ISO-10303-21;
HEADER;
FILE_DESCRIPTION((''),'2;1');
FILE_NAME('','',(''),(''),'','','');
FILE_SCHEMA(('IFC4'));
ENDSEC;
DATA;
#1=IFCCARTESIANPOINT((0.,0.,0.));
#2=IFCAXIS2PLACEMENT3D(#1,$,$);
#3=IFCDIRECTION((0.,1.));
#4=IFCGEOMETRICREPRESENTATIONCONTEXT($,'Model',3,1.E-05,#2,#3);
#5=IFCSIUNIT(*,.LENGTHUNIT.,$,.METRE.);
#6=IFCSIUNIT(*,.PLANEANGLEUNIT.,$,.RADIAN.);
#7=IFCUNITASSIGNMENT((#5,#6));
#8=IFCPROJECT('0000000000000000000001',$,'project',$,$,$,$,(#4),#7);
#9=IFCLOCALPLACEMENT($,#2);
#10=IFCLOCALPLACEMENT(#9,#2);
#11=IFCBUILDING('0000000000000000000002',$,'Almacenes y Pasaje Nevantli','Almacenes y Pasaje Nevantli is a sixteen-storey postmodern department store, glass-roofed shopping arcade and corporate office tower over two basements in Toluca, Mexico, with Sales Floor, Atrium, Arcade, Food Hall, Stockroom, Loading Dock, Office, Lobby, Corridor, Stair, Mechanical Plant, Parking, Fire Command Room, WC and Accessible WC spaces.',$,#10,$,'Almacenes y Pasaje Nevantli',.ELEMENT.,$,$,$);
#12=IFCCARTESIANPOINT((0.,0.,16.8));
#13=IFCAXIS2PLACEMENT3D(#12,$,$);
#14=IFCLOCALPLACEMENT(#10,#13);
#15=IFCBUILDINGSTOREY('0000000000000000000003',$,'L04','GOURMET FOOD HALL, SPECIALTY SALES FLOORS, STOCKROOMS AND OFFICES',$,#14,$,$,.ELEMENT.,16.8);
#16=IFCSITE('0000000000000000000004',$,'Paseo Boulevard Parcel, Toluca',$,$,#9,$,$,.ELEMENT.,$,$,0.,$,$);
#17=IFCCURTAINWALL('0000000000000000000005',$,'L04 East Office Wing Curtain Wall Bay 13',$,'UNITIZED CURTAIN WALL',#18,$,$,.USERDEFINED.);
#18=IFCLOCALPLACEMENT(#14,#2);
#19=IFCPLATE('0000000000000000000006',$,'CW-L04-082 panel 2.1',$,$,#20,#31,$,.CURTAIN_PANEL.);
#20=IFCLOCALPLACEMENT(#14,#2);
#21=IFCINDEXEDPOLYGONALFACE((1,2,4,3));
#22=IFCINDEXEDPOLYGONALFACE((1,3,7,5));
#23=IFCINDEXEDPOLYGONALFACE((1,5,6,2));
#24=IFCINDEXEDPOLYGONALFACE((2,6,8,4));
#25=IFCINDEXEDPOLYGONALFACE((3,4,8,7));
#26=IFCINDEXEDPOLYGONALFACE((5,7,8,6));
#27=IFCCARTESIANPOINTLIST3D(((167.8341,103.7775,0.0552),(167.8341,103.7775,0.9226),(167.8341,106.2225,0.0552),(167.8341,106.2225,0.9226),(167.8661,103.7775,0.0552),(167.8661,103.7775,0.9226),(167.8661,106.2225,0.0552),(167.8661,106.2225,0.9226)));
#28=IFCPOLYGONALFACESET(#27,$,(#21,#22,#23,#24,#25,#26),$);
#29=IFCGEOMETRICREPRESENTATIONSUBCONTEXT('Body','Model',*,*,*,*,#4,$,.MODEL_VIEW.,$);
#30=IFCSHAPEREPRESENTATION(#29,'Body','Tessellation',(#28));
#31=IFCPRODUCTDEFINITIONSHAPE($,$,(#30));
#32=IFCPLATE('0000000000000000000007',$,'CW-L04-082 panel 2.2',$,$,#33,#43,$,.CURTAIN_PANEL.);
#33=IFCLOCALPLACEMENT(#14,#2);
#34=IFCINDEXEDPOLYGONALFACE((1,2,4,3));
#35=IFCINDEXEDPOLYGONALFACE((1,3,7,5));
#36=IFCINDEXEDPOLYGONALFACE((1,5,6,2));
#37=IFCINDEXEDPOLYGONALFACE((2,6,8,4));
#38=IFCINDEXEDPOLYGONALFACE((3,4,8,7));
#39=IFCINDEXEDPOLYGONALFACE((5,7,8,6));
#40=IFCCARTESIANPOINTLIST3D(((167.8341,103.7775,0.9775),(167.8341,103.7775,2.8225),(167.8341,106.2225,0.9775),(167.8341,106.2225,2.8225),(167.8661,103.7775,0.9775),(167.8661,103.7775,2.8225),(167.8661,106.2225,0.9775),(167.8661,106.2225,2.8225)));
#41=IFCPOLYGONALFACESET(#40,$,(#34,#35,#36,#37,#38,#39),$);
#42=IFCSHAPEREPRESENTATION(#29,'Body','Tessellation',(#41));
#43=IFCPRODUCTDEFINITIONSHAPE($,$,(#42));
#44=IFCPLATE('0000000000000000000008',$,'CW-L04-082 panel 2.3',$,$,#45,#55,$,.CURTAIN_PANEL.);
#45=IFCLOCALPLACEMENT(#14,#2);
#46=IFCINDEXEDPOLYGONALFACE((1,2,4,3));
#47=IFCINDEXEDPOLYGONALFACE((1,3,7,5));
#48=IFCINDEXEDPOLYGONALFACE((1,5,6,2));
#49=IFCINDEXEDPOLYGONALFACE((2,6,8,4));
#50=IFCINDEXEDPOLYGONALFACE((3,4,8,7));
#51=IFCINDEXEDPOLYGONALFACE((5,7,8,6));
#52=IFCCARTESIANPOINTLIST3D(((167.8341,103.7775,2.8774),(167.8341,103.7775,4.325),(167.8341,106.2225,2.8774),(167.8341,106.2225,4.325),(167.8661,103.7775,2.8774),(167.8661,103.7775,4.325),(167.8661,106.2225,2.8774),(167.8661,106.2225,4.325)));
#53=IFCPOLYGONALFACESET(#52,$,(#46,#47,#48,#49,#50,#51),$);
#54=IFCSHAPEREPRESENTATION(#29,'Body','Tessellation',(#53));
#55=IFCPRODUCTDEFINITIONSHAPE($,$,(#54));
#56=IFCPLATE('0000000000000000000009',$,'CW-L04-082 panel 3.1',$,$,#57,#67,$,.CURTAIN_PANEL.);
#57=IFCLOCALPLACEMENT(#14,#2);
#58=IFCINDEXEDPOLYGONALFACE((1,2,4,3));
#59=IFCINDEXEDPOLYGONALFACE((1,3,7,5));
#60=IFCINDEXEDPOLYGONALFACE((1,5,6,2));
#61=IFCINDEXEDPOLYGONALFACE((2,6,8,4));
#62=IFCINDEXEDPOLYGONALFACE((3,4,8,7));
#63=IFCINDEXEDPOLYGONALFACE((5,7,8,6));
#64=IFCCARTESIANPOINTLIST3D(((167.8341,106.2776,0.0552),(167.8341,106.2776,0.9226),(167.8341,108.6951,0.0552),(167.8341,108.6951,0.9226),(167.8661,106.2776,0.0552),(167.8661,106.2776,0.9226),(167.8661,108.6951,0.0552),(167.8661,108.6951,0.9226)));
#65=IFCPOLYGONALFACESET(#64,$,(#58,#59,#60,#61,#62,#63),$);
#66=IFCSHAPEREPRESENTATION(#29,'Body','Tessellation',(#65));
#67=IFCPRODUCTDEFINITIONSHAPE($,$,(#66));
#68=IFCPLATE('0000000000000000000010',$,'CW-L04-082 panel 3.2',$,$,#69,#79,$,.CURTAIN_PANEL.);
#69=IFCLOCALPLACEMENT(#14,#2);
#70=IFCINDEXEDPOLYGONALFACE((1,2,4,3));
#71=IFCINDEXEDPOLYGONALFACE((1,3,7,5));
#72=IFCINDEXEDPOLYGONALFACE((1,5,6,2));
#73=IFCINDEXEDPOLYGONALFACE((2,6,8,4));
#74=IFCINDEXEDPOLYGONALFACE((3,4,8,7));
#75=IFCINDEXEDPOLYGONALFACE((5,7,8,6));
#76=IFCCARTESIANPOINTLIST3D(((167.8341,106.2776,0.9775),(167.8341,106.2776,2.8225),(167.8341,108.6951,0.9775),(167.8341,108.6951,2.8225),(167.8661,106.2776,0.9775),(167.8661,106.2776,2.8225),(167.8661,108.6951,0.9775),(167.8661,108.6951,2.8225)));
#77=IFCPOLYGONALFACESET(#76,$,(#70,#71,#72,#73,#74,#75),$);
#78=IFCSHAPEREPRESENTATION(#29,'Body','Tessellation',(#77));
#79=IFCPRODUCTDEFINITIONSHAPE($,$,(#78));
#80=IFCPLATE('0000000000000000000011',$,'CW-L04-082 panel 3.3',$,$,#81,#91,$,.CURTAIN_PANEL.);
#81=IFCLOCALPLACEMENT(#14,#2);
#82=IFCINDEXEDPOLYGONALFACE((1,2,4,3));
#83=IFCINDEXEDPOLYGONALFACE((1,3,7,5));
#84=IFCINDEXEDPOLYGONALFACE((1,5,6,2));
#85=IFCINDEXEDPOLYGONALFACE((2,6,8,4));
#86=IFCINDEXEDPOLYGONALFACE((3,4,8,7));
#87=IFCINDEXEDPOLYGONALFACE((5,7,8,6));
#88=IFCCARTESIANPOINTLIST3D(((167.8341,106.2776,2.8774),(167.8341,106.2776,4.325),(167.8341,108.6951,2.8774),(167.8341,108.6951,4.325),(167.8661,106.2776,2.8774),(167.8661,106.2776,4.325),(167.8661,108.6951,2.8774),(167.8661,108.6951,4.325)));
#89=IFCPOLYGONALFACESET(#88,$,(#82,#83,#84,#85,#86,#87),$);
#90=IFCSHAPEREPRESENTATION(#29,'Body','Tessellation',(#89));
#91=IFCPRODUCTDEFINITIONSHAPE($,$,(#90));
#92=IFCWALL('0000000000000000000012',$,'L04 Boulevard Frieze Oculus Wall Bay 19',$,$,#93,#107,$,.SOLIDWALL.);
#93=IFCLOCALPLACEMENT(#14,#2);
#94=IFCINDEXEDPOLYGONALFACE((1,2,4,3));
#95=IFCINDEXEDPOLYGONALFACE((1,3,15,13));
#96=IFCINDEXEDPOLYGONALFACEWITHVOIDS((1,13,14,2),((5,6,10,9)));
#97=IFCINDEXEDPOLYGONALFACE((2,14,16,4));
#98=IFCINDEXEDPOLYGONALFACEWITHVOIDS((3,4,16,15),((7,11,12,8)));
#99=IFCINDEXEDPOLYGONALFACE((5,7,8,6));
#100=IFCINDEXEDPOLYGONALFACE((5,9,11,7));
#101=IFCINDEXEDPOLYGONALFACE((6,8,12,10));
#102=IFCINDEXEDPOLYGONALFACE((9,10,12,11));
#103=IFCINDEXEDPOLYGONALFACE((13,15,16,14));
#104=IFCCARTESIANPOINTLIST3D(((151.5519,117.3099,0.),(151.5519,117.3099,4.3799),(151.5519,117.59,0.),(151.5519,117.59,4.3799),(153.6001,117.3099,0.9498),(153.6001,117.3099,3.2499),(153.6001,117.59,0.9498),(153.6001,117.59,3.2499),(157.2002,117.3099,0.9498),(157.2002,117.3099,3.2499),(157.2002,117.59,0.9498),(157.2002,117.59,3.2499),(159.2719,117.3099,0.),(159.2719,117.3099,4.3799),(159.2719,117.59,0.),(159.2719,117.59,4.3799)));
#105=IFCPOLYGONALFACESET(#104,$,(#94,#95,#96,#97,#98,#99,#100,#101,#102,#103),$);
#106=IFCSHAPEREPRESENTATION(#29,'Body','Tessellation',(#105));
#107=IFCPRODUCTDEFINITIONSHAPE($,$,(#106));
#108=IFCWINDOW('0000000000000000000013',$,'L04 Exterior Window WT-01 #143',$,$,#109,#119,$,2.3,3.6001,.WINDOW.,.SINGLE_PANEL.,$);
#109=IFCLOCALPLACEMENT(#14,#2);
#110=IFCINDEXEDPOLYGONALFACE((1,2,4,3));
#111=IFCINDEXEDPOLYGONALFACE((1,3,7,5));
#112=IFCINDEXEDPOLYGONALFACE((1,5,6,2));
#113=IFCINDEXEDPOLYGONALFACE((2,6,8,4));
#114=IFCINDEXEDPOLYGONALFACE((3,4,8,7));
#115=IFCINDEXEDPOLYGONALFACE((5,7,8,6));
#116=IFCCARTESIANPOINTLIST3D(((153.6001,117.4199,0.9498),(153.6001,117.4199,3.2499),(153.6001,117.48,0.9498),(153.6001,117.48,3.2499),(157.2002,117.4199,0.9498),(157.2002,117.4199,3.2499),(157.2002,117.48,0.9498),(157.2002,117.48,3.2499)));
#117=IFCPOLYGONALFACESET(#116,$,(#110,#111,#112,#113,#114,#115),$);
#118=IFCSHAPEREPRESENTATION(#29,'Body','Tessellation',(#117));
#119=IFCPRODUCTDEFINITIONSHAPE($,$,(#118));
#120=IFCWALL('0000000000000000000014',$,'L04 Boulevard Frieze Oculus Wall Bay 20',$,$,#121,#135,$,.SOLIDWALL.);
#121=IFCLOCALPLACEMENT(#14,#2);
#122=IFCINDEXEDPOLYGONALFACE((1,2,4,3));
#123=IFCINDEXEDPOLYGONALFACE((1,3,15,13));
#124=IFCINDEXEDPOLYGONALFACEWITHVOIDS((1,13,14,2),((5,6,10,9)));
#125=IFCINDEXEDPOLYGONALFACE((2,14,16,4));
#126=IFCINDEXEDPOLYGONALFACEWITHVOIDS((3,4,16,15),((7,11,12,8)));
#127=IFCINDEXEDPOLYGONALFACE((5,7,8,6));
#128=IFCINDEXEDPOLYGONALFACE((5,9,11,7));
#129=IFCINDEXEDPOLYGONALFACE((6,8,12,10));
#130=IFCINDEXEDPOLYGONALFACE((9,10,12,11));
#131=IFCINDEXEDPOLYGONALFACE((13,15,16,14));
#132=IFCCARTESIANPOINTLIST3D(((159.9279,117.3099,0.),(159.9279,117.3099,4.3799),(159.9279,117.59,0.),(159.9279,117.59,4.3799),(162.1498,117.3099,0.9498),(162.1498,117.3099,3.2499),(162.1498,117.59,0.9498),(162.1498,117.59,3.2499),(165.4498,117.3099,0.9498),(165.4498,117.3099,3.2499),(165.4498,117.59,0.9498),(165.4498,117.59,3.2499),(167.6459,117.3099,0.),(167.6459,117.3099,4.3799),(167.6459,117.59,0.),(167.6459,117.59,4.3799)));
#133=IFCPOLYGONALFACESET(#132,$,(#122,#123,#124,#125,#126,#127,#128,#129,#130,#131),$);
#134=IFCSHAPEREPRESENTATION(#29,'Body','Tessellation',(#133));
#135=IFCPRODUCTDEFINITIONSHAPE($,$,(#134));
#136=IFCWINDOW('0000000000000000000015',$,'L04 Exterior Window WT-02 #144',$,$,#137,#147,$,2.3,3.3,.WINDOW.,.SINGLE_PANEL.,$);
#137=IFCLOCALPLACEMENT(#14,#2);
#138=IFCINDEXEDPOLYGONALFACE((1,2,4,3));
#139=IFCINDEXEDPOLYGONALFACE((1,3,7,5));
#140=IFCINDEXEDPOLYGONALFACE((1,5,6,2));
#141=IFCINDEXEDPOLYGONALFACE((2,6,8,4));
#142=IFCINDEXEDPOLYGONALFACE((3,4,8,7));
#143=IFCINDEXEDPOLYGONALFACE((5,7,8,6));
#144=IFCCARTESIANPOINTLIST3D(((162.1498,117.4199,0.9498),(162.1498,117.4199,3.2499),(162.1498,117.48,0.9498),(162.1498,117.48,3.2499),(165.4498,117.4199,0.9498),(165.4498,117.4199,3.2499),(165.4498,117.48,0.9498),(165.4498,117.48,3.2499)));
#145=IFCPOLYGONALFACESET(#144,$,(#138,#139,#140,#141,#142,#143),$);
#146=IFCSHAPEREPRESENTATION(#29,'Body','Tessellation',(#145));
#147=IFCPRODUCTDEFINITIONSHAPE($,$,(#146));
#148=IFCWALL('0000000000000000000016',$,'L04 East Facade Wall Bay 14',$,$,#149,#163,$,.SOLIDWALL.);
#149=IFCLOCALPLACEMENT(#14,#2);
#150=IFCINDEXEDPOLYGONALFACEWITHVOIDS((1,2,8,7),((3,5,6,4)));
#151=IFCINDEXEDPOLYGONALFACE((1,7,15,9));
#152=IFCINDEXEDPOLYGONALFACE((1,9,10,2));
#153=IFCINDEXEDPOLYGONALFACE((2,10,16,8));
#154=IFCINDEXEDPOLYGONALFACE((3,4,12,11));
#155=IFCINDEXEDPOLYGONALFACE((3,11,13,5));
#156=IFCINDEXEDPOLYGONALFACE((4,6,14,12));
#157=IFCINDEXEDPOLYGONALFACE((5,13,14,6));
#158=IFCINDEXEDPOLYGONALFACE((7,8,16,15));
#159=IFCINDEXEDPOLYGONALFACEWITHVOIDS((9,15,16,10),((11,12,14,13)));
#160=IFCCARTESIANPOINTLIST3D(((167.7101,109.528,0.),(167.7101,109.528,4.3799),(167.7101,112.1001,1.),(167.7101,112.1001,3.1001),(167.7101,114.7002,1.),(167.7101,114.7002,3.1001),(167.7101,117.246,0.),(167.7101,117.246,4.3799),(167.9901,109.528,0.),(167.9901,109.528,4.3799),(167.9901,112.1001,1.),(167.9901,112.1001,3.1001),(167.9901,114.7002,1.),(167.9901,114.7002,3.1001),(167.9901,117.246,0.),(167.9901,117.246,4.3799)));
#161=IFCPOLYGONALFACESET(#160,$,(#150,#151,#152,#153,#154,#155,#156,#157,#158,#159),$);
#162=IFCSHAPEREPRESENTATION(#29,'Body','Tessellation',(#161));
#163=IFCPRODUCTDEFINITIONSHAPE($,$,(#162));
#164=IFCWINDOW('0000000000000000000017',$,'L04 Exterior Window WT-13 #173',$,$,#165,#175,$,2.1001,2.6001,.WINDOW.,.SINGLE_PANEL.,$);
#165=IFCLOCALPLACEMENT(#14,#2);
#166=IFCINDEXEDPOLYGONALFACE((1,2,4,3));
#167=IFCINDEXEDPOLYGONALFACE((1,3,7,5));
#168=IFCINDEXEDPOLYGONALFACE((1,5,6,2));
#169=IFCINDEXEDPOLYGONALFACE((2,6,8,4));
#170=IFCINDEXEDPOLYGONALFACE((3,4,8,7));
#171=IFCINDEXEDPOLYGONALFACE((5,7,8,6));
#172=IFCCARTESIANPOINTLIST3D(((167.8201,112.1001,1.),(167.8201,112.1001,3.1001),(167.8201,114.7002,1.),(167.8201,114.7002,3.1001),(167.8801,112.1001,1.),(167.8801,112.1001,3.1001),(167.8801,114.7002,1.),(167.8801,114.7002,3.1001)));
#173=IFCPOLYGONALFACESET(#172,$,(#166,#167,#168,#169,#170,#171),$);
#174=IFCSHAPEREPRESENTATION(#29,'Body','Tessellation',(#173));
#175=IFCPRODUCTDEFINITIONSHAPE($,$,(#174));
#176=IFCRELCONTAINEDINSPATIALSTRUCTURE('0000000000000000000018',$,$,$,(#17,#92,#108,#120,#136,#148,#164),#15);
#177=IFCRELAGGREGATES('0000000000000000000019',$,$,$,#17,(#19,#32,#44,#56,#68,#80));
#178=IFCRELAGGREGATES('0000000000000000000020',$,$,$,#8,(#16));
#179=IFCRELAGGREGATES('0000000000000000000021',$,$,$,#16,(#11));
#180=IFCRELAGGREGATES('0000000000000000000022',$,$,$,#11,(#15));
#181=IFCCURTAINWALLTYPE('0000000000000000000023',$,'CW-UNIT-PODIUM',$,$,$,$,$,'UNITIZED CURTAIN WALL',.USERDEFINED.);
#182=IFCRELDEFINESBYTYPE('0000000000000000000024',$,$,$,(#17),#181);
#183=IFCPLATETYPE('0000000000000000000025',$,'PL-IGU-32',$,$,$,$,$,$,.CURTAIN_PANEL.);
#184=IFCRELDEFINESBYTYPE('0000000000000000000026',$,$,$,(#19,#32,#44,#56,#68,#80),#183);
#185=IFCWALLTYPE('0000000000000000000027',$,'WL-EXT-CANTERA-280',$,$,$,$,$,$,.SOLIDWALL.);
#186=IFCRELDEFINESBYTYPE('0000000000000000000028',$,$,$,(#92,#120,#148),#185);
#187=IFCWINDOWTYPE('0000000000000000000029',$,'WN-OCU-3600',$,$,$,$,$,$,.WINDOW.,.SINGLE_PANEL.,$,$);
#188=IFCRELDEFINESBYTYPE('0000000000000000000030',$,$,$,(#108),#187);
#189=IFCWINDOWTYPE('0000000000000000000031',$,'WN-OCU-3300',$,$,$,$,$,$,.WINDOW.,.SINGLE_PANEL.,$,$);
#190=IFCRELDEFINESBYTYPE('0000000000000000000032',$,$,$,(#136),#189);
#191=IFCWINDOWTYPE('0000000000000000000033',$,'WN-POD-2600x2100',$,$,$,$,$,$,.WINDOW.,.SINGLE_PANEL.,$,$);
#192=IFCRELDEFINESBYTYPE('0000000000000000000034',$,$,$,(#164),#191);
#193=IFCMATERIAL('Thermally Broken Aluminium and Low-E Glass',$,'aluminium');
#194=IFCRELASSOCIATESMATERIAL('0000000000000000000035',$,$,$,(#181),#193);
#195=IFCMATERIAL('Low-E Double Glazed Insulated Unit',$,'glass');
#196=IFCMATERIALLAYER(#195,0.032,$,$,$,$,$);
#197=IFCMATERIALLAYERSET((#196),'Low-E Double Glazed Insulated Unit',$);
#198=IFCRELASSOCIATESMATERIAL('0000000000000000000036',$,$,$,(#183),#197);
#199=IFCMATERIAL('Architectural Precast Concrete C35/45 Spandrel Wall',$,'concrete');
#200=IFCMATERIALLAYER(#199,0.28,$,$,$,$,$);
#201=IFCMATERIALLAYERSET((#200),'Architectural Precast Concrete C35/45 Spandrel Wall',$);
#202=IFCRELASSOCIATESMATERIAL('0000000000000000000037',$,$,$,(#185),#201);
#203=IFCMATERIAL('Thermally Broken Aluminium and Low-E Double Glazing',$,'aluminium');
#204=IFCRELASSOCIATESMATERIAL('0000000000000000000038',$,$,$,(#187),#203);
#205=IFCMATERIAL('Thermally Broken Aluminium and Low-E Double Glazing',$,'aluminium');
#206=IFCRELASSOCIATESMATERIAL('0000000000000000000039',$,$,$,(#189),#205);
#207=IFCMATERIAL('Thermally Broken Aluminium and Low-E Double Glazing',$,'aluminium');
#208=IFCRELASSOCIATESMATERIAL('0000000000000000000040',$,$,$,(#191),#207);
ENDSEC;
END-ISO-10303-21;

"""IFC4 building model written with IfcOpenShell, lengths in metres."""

from ifc_helpers import new_model, si_unit, direction, frame, frame_2d, origin, origin_2d, place, context, subcontext, project, spatial, rectangle, extrude, material, layer, layer_set, type_object, element, fill, aggregate, save


model = new_model("IFC4")

# Units and contexts
model_context = context("Model", 3, precision=1e-05, world=origin(), true_north=direction((0.0, 1.0)))
body_context = subcontext(model_context, "Body", "Model", "MODEL_VIEW")
ifc_project = project(units=[si_unit("LENGTHUNIT", "METRE"), si_unit("PLANEANGLEUNIT", "RADIAN")], contexts=[model_context])

# Site, building, storey
site_placement = place(None, origin())
site = spatial("IfcSite", under=ifc_project, at=site_placement, Name="Paseo Boulevard Parcel, Toluca", CompositionType="ELEMENT", RefElevation=0.0)
building_placement = place(site_placement, origin())
building = spatial("IfcBuilding", under=site, at=building_placement, Name="Almacenes y Pasaje Nevantli", Description="Almacenes y Pasaje Nevantli is a sixteen-storey postmodern department store, glass-roofed shopping arcade and corporate office tower over two basements in Toluca, Mexico, with Sales Floor, Atrium, Arcade, Food Hall, Stockroom, Loading Dock, Office, Lobby, Corridor, Stair, Mechanical Plant, Parking, Fire Command Room, WC and Accessible WC spaces.", LongName="Almacenes y Pasaje Nevantli", CompositionType="ELEMENT")
storey_placement = place(building_placement, frame((0.0, 0.0, 16.8)))
storey = spatial("IfcBuildingStorey", under=building, at=storey_placement, Name="L04", Description="GOURMET FOOD HALL, SPECIALTY SALES FLOORS, STOCKROOMS AND OFFICES", CompositionType="ELEMENT", Elevation=16.8)

# Curtain wall, plates
ifc_material_1 = material(Name="Thermally Broken Aluminium and Low-E Glass", Category="aluminium")
curtain_wall_type = type_object("IfcCurtainWallType", Name="CW-UNIT-PODIUM", ElementType="UNITIZED CURTAIN WALL", PredefinedType="USERDEFINED", material=ifc_material_1)
curtain_wall_placement = place(storey_placement, origin())
curtain_wall = element("IfcCurtainWall", 1, at=curtain_wall_placement, inside=storey, type_object=curtain_wall_type, Name="L04 East Office Wing Curtain Wall Bay 13", ObjectType="UNITIZED CURTAIN WALL", PredefinedType="USERDEFINED")
ifc_material_2 = material(Name="Low-E Double Glazed Insulated Unit", Category="glass")
ifc_layer_1 = layer(ifc_material_2, 0.032)
ifc_layer_set_1 = layer_set([ifc_layer_1], Name="Low-E Double Glazed Insulated Unit")
plate_type = type_object("IfcPlateType", Name="PL-IGU-32", PredefinedType="CURTAIN_PANEL", material=ifc_layer_set_1)
plate_1_placement = place(storey_placement, frame((167.8501, 105.0, 0.0552), z_axis=(0.0, 0.0, 1.0), x_axis=(0.0, 1.0, 0.0)))
plate_1 = element("IfcPlate", 2, at=plate_1_placement, type_object=plate_type, Name="CW-L04-082 panel 2.1", PredefinedType="CURTAIN_PANEL", context=body_context, shape_type="SweptSolid", body=[
    extrude(rectangle(XDim=2.4451, YDim=0.032, at=origin_2d()), origin(), (0.0, 0.0, 1.0), 0.8674),
])
plate_2_placement = place(storey_placement, frame((167.8501, 105.0, 0.9775), z_axis=(0.0, 0.0, 1.0), x_axis=(0.0, 1.0, 0.0)))
plate_2 = element("IfcPlate", 3, at=plate_2_placement, type_object=plate_type, Name="CW-L04-082 panel 2.2", PredefinedType="CURTAIN_PANEL", context=body_context, shape_type="SweptSolid", body=[
    extrude(rectangle(XDim=2.4451, YDim=0.032, at=origin_2d()), origin(), (0.0, 0.0, 1.0), 1.845),
])
plate_3_placement = place(storey_placement, frame((167.8501, 105.0, 2.8774), z_axis=(0.0, 0.0, 1.0), x_axis=(0.0, 1.0, 0.0)))
plate_3 = element("IfcPlate", 4, at=plate_3_placement, type_object=plate_type, Name="CW-L04-082 panel 2.3", PredefinedType="CURTAIN_PANEL", context=body_context, shape_type="SweptSolid", body=[
    extrude(rectangle(XDim=2.4451, YDim=0.032, at=origin_2d()), origin(), (0.0, 0.0, 1.0), 1.4475),
])
plate_4_placement = place(storey_placement, frame((167.8501, 107.4863, 0.0552), z_axis=(0.0, 0.0, 1.0), x_axis=(0.0, 1.0, 0.0)))
plate_4 = element("IfcPlate", 5, at=plate_4_placement, type_object=plate_type, Name="CW-L04-082 panel 3.1", PredefinedType="CURTAIN_PANEL", context=body_context, shape_type="SweptSolid", body=[
    extrude(rectangle(XDim=2.4175, YDim=0.032, at=origin_2d()), origin(), (0.0, 0.0, 1.0), 0.8674),
])
plate_5_placement = place(storey_placement, frame((167.8501, 107.4863, 0.9775), z_axis=(0.0, 0.0, 1.0), x_axis=(0.0, 1.0, 0.0)))
plate_5 = element("IfcPlate", 6, at=plate_5_placement, type_object=plate_type, Name="CW-L04-082 panel 3.2", PredefinedType="CURTAIN_PANEL", context=body_context, shape_type="SweptSolid", body=[
    extrude(rectangle(XDim=2.4175, YDim=0.032, at=origin_2d()), origin(), (0.0, 0.0, 1.0), 1.845),
])
plate_6_placement = place(storey_placement, frame((167.8501, 107.4863, 2.8774), z_axis=(0.0, 0.0, 1.0), x_axis=(0.0, 1.0, 0.0)))
plate_6 = element("IfcPlate", 7, at=plate_6_placement, type_object=plate_type, Name="CW-L04-082 panel 3.3", PredefinedType="CURTAIN_PANEL", context=body_context, shape_type="SweptSolid", body=[
    extrude(rectangle(XDim=2.4175, YDim=0.032, at=origin_2d()), origin(), (0.0, 0.0, 1.0), 1.4475),
])
aggregate(curtain_wall, [plate_1, plate_2, plate_3, plate_4, plate_5, plate_6])

# Walls, openings, windows
ifc_material_3 = material(Name="Architectural Precast Concrete C35/45 Spandrel Wall", Category="concrete")
ifc_layer_2 = layer(ifc_material_3, 0.28)
ifc_layer_set_2 = layer_set([ifc_layer_2], Name="Architectural Precast Concrete C35/45 Spandrel Wall")
wall_type = type_object("IfcWallType", Name="WL-EXT-CANTERA-280", PredefinedType="SOLIDWALL", material=ifc_layer_set_2)
wall_1_placement = place(storey_placement, frame((151.552, 117.45, 0.0), z_axis=(0.0, 0.0, 1.0), x_axis=(1.0, 0.0, 0.0)))
wall_1 = element("IfcWall", 8, at=wall_1_placement, inside=storey, type_object=wall_type, Name="L04 Boulevard Frieze Oculus Wall Bay 19", PredefinedType="SOLIDWALL", context=body_context, shape_type="SweptSolid", body=[
    extrude(rectangle(XDim=7.72, YDim=0.28, at=frame_2d((3.8599, 0.0))), origin(), (0.0, 0.0, 1.0), 4.3799),
])
opening_1_placement = place(wall_1_placement, frame((2.0481, 0.0, 0.95)))
opening_1 = element("IfcOpeningElement", 9, at=opening_1_placement, cuts=wall_1, PredefinedType="OPENING", context=body_context, shape_type="SweptSolid", body=[
    extrude(rectangle(XDim=3.6001, YDim=2.3, at=frame_2d((1.8, 1.1499))), frame((0.0, 0.1499, 0.0), z_axis=(0.0, -1.0, 0.0), x_axis=(1.0, 0.0, 0.0)), (0.0, 0.0, 1.0), 0.3),
])
ifc_material_4 = material(Name="Thermally Broken Aluminium and Low-E Double Glazing", Category="aluminium")
window_type_1 = type_object("IfcWindowType", Name="WN-OCU-3600", PartitioningType="SINGLE_PANEL", PredefinedType="WINDOW", material=ifc_material_4)
window_1_placement = place(opening_1_placement, origin())
window_1 = element("IfcWindow", 10, at=window_1_placement, inside=storey, type_object=window_type_1, Name="L04 Exterior Window WT-01 #143", OverallHeight=2.3, OverallWidth=3.6001, PartitioningType="SINGLE_PANEL", PredefinedType="WINDOW", context=body_context, shape_type="SweptSolid", body=[
    extrude(rectangle(XDim=3.6001, YDim=2.3, at=frame_2d((1.8, 1.1499))), frame((0.0, 0.03, 0.0), z_axis=(0.0, -1.0, 0.0), x_axis=(1.0, 0.0, 0.0)), (0.0, 0.0, 1.0), 0.0601),
])
fill(opening_1, window_1)
wall_2_placement = place(storey_placement, frame((159.928, 117.45, 0.0), z_axis=(0.0, 0.0, 1.0), x_axis=(1.0, 0.0, 0.0)))
wall_2 = element("IfcWall", 11, at=wall_2_placement, inside=storey, type_object=wall_type, Name="L04 Boulevard Frieze Oculus Wall Bay 20", PredefinedType="SOLIDWALL", context=body_context, shape_type="SweptSolid", body=[
    extrude(rectangle(XDim=7.718, YDim=0.28, at=frame_2d((3.8589, 0.0))), origin(), (0.0, 0.0, 1.0), 4.3799),
])
opening_2_placement = place(wall_2_placement, frame((2.2219, 0.0, 0.95)))
opening_2 = element("IfcOpeningElement", 12, at=opening_2_placement, cuts=wall_2, PredefinedType="OPENING", context=body_context, shape_type="SweptSolid", body=[
    extrude(rectangle(XDim=3.3, YDim=2.3, at=frame_2d((1.6499, 1.1499))), frame((0.0, 0.1499, 0.0), z_axis=(0.0, -1.0, 0.0), x_axis=(1.0, 0.0, 0.0)), (0.0, 0.0, 1.0), 0.3),
])
ifc_material_5 = material(Name="Thermally Broken Aluminium and Low-E Double Glazing", Category="aluminium")
window_type_2 = type_object("IfcWindowType", Name="WN-OCU-3300", PartitioningType="SINGLE_PANEL", PredefinedType="WINDOW", material=ifc_material_5)
window_2_placement = place(opening_2_placement, origin())
window_2 = element("IfcWindow", 13, at=window_2_placement, inside=storey, type_object=window_type_2, Name="L04 Exterior Window WT-02 #144", OverallHeight=2.3, OverallWidth=3.3, PartitioningType="SINGLE_PANEL", PredefinedType="WINDOW", context=body_context, shape_type="SweptSolid", body=[
    extrude(rectangle(XDim=3.3, YDim=2.3, at=frame_2d((1.6499, 1.1499))), frame((0.0, 0.03, 0.0), z_axis=(0.0, -1.0, 0.0), x_axis=(1.0, 0.0, 0.0)), (0.0, 0.0, 1.0), 0.0601),
])
fill(opening_2, window_2)
wall_3_placement = place(storey_placement, frame((167.8501, 109.5281, 0.0), z_axis=(0.0, 0.0, 1.0), x_axis=(0.0, 1.0, 0.0)))
wall_3 = element("IfcWall", 14, at=wall_3_placement, inside=storey, type_object=wall_type, Name="L04 East Facade Wall Bay 14", PredefinedType="SOLIDWALL", context=body_context, shape_type="SweptSolid", body=[
    extrude(rectangle(XDim=7.718, YDim=0.28, at=frame_2d((3.8589, 0.0))), origin(), (0.0, 0.0, 1.0), 4.3799),
])
opening_3_placement = place(wall_3_placement, frame((2.572, 0.0, 1.0)))
opening_3 = element("IfcOpeningElement", 15, at=opening_3_placement, cuts=wall_3, PredefinedType="OPENING", context=body_context, shape_type="SweptSolid", body=[
    extrude(rectangle(XDim=2.6001, YDim=2.1001, at=frame_2d((1.3, 1.05))), frame((0.0, 0.1499, 0.0), z_axis=(0.0, -1.0, 0.0), x_axis=(1.0, 0.0, 0.0)), (0.0, 0.0, 1.0), 0.3),
])
ifc_material_6 = material(Name="Thermally Broken Aluminium and Low-E Double Glazing", Category="aluminium")
window_type_3 = type_object("IfcWindowType", Name="WN-POD-2600x2100", PartitioningType="SINGLE_PANEL", PredefinedType="WINDOW", material=ifc_material_6)
window_3_placement = place(opening_3_placement, origin())
window_3 = element("IfcWindow", 16, at=window_3_placement, inside=storey, type_object=window_type_3, Name="L04 Exterior Window WT-13 #173", OverallHeight=2.1001, OverallWidth=2.6001, PartitioningType="SINGLE_PANEL", PredefinedType="WINDOW", context=body_context, shape_type="SweptSolid", body=[
    extrude(rectangle(XDim=2.6001, YDim=2.1001, at=frame_2d((1.3, 1.05))), frame((0.0, 0.03, 0.0), z_axis=(0.0, -1.0, 0.0), x_axis=(1.0, 0.0, 0.0)), (0.0, 0.0, 1.0), 0.0601),
])
fill(opening_3, window_3)

save(model, "model.ifc")
